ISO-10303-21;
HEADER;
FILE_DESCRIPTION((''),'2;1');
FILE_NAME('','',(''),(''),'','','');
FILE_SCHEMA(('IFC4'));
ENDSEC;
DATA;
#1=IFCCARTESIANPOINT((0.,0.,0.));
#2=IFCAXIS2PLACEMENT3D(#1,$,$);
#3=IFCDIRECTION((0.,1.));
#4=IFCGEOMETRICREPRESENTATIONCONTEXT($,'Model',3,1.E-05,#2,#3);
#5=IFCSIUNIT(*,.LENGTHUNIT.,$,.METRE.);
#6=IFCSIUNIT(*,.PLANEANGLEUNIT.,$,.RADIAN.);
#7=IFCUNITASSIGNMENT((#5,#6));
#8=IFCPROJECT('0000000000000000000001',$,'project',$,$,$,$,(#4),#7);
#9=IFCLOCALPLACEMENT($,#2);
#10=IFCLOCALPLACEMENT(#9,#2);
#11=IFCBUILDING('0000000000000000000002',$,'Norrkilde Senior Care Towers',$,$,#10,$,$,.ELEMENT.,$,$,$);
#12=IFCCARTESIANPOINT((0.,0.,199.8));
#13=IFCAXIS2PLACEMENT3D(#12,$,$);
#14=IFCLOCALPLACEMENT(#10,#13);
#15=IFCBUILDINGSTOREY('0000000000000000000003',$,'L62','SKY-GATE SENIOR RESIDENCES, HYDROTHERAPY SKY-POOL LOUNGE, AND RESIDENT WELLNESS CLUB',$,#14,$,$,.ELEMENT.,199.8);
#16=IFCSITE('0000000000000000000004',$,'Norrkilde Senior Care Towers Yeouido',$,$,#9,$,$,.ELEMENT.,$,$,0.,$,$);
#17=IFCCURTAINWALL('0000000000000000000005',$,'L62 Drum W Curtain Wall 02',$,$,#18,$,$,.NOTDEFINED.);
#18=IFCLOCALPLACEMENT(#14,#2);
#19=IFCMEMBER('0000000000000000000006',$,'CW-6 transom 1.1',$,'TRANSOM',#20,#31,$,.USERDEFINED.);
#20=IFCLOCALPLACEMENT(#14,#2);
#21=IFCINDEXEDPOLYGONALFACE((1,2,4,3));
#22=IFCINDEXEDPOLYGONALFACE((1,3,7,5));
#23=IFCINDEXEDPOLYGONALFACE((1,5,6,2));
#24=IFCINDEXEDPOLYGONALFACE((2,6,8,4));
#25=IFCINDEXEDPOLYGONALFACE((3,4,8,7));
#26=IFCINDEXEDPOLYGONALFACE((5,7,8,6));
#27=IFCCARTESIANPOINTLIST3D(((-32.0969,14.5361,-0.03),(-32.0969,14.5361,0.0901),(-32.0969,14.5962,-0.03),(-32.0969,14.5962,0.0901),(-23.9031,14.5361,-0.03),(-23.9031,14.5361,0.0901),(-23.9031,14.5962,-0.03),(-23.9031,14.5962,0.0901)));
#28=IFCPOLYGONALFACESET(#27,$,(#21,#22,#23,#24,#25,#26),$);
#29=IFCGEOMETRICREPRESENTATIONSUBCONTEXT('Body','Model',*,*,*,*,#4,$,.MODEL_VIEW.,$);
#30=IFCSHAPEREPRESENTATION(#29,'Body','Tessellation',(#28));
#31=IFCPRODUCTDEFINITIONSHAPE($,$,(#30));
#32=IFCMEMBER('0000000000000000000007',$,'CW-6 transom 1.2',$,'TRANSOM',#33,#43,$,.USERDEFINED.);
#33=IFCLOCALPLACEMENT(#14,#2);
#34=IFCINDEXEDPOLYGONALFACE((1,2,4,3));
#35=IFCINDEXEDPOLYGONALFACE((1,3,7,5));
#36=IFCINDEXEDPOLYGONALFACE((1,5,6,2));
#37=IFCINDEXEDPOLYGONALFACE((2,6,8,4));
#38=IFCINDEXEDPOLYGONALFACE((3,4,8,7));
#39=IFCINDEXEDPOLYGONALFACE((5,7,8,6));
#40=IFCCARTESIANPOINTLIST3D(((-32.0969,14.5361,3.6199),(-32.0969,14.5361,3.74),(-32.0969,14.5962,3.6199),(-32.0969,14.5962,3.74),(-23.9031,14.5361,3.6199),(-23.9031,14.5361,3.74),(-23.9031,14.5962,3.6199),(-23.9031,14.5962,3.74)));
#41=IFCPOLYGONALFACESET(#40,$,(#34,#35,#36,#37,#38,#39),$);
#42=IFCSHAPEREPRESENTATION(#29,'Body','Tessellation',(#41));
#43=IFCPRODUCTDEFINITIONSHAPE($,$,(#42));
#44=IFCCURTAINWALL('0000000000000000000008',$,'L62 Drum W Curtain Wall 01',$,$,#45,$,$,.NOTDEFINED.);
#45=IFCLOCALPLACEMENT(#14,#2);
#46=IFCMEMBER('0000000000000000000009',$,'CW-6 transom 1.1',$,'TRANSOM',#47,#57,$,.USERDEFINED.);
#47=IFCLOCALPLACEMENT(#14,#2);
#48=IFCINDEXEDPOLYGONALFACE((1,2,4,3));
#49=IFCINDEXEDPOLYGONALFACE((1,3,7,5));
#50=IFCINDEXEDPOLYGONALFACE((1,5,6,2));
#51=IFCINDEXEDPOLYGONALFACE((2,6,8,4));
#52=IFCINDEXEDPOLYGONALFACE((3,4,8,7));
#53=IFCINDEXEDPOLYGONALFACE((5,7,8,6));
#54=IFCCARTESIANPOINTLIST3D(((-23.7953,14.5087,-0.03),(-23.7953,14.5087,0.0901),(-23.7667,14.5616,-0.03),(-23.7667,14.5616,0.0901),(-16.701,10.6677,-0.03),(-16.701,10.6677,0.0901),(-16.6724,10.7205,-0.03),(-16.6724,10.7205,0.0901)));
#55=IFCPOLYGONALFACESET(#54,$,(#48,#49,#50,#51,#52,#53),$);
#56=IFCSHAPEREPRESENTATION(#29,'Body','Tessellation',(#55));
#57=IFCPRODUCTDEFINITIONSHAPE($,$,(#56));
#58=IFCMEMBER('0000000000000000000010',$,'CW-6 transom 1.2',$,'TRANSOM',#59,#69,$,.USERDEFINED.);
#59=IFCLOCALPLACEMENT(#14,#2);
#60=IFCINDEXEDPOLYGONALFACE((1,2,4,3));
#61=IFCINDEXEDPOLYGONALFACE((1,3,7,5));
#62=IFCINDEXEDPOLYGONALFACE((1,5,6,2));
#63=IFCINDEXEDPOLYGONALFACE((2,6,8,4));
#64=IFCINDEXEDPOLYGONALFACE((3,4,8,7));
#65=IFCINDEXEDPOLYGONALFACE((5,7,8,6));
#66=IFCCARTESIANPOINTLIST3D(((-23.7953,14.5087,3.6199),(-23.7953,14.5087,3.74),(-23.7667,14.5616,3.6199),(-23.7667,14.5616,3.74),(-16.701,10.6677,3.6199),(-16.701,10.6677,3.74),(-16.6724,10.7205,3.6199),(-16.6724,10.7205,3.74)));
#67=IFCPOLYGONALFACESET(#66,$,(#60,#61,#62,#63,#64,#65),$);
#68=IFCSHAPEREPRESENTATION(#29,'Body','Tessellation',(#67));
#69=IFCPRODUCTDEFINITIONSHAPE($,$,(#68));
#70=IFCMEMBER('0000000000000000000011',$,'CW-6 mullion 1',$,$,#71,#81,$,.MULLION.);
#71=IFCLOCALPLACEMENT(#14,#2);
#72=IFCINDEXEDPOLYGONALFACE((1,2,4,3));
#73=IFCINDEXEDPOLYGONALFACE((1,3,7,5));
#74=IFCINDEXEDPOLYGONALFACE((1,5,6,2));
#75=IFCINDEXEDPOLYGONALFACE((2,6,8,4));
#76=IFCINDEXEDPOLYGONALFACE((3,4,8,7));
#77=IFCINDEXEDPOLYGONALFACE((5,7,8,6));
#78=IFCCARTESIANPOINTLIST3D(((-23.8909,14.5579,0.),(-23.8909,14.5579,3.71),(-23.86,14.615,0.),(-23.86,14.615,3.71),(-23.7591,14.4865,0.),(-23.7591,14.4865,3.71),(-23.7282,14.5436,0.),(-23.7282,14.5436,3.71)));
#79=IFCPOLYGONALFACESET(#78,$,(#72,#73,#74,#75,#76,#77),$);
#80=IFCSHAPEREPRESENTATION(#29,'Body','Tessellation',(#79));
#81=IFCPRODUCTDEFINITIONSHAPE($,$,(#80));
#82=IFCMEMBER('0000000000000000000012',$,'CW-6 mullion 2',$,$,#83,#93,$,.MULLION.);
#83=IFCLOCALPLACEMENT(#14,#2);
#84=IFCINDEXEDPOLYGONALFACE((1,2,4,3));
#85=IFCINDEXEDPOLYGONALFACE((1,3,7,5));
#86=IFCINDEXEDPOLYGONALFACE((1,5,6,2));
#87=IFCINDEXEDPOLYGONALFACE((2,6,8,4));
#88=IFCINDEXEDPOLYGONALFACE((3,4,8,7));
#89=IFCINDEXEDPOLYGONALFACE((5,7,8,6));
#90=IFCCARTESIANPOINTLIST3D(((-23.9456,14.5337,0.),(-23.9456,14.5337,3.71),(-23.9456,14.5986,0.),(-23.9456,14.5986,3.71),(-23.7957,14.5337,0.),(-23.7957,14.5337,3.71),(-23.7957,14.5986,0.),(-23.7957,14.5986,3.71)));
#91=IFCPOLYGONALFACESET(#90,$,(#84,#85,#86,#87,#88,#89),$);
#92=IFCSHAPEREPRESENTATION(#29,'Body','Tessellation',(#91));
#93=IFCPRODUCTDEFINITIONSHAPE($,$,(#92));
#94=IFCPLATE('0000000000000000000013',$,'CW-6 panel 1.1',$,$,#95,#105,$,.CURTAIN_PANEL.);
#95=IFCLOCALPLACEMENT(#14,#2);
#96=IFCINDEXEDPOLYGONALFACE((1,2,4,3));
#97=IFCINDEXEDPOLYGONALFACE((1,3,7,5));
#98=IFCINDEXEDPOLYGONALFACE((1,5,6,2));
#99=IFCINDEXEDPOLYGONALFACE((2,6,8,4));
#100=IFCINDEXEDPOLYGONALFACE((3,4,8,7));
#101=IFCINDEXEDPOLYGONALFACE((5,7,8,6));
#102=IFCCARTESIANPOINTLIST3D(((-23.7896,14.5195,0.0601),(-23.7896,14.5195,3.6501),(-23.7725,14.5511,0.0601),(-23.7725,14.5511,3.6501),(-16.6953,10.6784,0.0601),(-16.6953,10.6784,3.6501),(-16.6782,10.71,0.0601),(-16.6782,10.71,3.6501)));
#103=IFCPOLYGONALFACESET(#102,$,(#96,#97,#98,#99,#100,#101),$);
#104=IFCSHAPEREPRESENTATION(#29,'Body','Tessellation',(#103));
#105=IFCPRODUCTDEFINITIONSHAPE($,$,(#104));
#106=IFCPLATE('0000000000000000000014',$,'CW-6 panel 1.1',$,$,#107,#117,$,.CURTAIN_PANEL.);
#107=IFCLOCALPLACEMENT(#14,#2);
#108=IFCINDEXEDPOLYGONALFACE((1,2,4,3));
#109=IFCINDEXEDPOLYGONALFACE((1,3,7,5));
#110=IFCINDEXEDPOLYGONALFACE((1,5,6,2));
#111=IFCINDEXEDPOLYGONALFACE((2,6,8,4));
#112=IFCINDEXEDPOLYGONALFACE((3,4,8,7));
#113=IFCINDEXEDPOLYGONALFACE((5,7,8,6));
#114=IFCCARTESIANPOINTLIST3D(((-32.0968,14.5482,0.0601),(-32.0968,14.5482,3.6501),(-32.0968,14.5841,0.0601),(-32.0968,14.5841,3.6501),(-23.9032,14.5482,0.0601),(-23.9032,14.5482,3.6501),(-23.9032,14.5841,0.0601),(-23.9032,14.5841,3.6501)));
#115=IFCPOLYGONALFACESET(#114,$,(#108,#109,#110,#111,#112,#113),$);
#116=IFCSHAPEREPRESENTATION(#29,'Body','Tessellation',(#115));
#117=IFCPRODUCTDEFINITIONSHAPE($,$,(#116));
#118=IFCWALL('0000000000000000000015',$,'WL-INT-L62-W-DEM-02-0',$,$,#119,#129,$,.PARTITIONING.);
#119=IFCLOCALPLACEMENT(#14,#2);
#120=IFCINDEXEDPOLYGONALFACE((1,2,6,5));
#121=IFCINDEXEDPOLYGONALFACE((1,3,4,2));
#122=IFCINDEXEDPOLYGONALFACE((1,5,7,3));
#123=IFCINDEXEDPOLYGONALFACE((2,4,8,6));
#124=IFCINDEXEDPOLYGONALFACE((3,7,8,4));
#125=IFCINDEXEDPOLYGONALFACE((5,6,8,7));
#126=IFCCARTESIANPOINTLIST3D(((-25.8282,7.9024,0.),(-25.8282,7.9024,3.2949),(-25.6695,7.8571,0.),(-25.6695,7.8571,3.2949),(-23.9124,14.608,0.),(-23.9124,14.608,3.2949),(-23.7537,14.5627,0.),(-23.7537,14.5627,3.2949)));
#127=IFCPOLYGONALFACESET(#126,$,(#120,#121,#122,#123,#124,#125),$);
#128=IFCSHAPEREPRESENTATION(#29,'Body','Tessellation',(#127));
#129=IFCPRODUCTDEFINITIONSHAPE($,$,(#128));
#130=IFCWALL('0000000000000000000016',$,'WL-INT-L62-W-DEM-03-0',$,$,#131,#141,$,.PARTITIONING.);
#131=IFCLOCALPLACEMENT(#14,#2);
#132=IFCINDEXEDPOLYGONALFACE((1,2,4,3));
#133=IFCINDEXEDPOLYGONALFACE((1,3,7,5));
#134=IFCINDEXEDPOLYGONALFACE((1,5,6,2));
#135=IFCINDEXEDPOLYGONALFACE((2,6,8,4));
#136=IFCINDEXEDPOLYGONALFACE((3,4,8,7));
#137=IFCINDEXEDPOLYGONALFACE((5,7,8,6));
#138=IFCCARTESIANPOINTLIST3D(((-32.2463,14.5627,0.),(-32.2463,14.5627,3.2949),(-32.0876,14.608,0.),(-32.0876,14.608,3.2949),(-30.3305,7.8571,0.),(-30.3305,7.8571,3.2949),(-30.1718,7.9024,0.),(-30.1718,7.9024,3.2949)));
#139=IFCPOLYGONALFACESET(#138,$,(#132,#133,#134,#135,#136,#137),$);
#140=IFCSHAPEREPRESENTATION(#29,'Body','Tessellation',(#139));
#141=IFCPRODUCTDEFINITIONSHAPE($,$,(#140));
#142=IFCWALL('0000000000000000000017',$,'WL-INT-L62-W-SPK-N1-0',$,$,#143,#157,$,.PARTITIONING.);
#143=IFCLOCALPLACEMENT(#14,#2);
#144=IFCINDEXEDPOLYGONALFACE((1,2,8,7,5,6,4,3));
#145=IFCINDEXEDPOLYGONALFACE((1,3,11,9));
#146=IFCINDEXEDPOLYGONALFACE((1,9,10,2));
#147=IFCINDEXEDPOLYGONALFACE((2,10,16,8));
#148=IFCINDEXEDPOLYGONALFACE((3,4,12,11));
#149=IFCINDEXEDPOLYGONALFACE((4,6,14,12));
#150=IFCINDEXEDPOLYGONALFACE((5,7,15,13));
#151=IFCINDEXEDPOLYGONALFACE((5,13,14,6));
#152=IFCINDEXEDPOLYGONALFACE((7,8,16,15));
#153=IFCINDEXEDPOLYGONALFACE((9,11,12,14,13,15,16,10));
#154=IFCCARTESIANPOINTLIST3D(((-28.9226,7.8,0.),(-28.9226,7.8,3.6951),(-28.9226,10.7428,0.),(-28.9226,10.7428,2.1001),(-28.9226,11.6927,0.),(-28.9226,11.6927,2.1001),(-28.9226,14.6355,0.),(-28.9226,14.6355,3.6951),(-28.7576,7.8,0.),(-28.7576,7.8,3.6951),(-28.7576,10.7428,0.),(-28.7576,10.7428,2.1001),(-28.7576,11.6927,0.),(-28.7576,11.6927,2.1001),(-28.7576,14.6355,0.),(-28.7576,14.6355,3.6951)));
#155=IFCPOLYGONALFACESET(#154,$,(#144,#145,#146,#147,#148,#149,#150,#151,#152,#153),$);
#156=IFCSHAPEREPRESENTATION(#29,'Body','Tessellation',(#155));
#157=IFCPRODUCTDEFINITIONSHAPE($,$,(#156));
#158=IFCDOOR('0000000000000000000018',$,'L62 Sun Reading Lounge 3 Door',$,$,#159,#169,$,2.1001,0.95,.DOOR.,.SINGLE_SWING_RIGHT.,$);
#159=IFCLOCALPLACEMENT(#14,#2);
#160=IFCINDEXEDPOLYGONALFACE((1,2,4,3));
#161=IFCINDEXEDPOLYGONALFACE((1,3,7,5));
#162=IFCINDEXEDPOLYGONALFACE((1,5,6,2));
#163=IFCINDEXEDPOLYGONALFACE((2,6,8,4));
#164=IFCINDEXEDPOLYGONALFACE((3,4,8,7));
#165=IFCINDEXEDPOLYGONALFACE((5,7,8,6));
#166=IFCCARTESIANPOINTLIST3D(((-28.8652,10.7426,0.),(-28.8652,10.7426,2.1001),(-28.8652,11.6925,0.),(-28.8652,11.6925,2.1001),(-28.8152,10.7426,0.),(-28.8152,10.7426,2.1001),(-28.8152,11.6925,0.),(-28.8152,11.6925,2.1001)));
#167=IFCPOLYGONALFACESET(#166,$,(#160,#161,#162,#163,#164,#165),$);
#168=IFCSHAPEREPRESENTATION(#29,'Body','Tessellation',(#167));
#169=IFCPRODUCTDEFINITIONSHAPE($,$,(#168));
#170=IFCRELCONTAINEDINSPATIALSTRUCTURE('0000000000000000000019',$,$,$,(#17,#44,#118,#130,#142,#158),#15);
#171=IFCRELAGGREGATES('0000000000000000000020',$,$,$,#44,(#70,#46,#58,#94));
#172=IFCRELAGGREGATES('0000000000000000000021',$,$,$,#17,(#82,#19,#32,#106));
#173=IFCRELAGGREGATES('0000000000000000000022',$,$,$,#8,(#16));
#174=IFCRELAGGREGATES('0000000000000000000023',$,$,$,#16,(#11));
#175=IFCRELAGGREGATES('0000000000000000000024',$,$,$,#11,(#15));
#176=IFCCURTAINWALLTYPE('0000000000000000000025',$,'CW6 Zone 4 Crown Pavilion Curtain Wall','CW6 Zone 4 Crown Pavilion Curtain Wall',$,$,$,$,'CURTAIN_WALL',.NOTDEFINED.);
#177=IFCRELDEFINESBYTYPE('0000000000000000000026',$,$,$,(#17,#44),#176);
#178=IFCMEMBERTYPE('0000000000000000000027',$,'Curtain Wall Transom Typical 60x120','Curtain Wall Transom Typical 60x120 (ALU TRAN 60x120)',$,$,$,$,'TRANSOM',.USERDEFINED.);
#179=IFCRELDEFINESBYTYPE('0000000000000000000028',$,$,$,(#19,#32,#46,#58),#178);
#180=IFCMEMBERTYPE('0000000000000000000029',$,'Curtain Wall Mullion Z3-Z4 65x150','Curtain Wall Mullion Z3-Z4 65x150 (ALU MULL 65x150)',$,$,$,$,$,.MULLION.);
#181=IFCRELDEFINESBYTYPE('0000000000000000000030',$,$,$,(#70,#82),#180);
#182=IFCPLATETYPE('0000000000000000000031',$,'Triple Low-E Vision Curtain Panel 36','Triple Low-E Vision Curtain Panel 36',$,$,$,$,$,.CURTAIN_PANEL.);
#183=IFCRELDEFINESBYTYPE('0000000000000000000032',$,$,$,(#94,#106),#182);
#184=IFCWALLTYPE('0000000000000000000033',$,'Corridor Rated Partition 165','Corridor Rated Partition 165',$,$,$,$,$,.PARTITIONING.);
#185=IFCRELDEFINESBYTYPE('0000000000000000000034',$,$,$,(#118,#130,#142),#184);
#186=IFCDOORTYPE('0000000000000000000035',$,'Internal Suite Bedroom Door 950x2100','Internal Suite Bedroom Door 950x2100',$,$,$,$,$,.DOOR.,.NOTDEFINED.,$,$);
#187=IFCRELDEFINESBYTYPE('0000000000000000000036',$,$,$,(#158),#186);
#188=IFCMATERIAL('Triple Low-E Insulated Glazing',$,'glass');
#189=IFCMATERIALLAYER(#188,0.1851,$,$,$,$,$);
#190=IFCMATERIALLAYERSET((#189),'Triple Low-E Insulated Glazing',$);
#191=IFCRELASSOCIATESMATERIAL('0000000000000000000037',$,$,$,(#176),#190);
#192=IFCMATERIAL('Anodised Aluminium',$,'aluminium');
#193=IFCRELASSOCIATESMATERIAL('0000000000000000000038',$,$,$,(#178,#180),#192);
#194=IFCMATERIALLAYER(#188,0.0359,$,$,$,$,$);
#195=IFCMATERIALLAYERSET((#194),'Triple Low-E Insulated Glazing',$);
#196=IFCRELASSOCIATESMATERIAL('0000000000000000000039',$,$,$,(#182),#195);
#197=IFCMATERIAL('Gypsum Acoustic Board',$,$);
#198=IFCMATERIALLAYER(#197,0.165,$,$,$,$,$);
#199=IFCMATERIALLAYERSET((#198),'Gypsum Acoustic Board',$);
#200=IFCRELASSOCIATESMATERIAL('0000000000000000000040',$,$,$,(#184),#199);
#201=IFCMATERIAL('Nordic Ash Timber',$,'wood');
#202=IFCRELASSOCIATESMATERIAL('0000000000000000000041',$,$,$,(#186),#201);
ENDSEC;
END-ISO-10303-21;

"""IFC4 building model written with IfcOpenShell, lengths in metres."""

from ifc_helpers import new_model, si_unit, direction, frame, frame_2d, origin, origin_2d, place, context, subcontext, project, spatial, rectangle, extrude, source, transform, mapped, material, layer, layer_set, material_profile, profile_set, type_object, type_shapes, element, fill, aggregate, save


model = new_model("IFC4")

# Units and contexts
model_context = context("Model", 3, precision=1e-05, world=origin(), true_north=direction((0.0, 1.0)))
body_context = subcontext(model_context, "Body", "Model", "MODEL_VIEW")
ifc_project = project(units=[si_unit("LENGTHUNIT", "METRE"), si_unit("PLANEANGLEUNIT", "RADIAN")], contexts=[model_context])

# Site, building, storey
site_placement = place(None, origin())
site = spatial("IfcSite", under=ifc_project, at=site_placement, Name="Norrkilde Senior Care Towers Yeouido", CompositionType="ELEMENT", RefElevation=0.0)
building_placement = place(site_placement, origin())
building = spatial("IfcBuilding", under=site, at=building_placement, Name="Norrkilde Senior Care Towers", CompositionType="ELEMENT")
storey_placement = place(building_placement, frame((0.0, 0.0, 199.8)))
storey = spatial("IfcBuildingStorey", under=building, at=storey_placement, Name="L62", Description="SKY-GATE SENIOR RESIDENCES, HYDROTHERAPY SKY-POOL LOUNGE, AND RESIDENT WELLNESS CLUB", CompositionType="ELEMENT", Elevation=199.8)

# Curtain walls, members
ifc_material_1 = material(Name="Triple Low-E Insulated Glazing", Category="glass")
ifc_layer_1 = layer(ifc_material_1, 0.1851)
ifc_layer_set_1 = layer_set([ifc_layer_1], Name="Triple Low-E Insulated Glazing")
curtain_wall_type = type_object("IfcCurtainWallType", Name="CW6 Zone 4 Crown Pavilion Curtain Wall", Description="CW6 Zone 4 Crown Pavilion Curtain Wall", ElementType="CURTAIN_WALL", PredefinedType="NOTDEFINED", material=ifc_layer_set_1)
curtain_wall_1_placement = place(storey_placement, origin())
curtain_wall_1 = element("IfcCurtainWall", 1, at=curtain_wall_1_placement, inside=storey, type_object=curtain_wall_type, Name="L62 Drum W Curtain Wall 02", PredefinedType="NOTDEFINED")
ifc_material_2 = material(Name="Anodised Aluminium", Category="aluminium")
ifc_material_profile_1 = material_profile(ifc_material_2, rectangle(XDim=0.0601, YDim=0.1201, at=origin_2d()), Name="ALU TRAN 60x120")
ifc_profile_set_1 = profile_set([ifc_material_profile_1], Name="Anodised Aluminium")
member_type_1 = type_object("IfcMemberType", Name="Curtain Wall Transom Typical 60x120", Description="Curtain Wall Transom Typical 60x120 (ALU TRAN 60x120)", ElementType="TRANSOM", PredefinedType="USERDEFINED", material=ifc_profile_set_1)
shared_shape_1 = source(origin(), body_context, "Body", "SweptSolid", [
    extrude(rectangle(XDim=0.0601, YDim=0.1201, at=origin_2d()), origin(), (0.0, 0.0, 1.0), 8.1938),
])
member_1_placement = place(storey_placement, frame((-32.0969, 14.5662, 0.03), z_axis=(1.0, 0.0, 0.0), x_axis=(0.0, 1.0, 0.0)))
member_1 = element("IfcMember", 2, at=member_1_placement, type_object=member_type_1, Name="CW-6 transom 1.1", ObjectType="TRANSOM", PredefinedType="USERDEFINED", context=body_context, shape_type="MappedRepresentation", body=[
    mapped(shared_shape_1, transform((0.0, 0.0, 0.0), x_axis=(1.0, 0.0, 0.0), y_axis=(0.0, 1.0, 0.0), z_axis=(0.0, 0.0, 1.0), scale=1.0)),
])
member_2_placement = place(storey_placement, frame((-32.0969, 14.5662, 3.6799), z_axis=(1.0, 0.0, 0.0), x_axis=(0.0, 1.0, 0.0)))
member_2 = element("IfcMember", 3, at=member_2_placement, type_object=member_type_1, Name="CW-6 transom 1.2", ObjectType="TRANSOM", PredefinedType="USERDEFINED", context=body_context, shape_type="MappedRepresentation", body=[
    mapped(shared_shape_1, transform((0.0, 0.0, 0.0), x_axis=(1.0, 0.0, 0.0), y_axis=(0.0, 1.0, 0.0), z_axis=(0.0, 0.0, 1.0), scale=1.0)),
])
curtain_wall_2_placement = place(storey_placement, origin())
curtain_wall_2 = element("IfcCurtainWall", 4, at=curtain_wall_2_placement, inside=storey, type_object=curtain_wall_type, Name="L62 Drum W Curtain Wall 01", PredefinedType="NOTDEFINED")
shared_shape_2 = source(origin(), body_context, "Body", "SweptSolid", [
    extrude(rectangle(XDim=0.0601, YDim=0.1201, at=origin_2d()), origin(), (0.0, 0.0, 1.0), 8.0674),
])
type_shapes(member_type_1, [shared_shape_1, shared_shape_2])
member_3_placement = place(storey_placement, frame((-23.781, 14.5352, 0.03), z_axis=(0.879378, -0.476125, 0.0), x_axis=(0.476125, 0.879378, 0.0)))
member_3 = element("IfcMember", 5, at=member_3_placement, type_object=member_type_1, Name="CW-6 transom 1.1", ObjectType="TRANSOM", PredefinedType="USERDEFINED", context=body_context, shape_type="MappedRepresentation", body=[
    mapped(shared_shape_2, transform((0.0, 0.0, 0.0), x_axis=(1.0, 0.0, 0.0), y_axis=(0.0, 1.0, 0.0), z_axis=(0.0, 0.0, 1.0), scale=1.0)),
])
member_4_placement = place(storey_placement, frame((-23.781, 14.5352, 3.6799), z_axis=(0.879378, -0.476125, 0.0), x_axis=(0.476125, 0.879378, 0.0)))
member_4 = element("IfcMember", 6, at=member_4_placement, type_object=member_type_1, Name="CW-6 transom 1.2", ObjectType="TRANSOM", PredefinedType="USERDEFINED", context=body_context, shape_type="MappedRepresentation", body=[
    mapped(shared_shape_2, transform((0.0, 0.0, 0.0), x_axis=(1.0, 0.0, 0.0), y_axis=(0.0, 1.0, 0.0), z_axis=(0.0, 0.0, 1.0), scale=1.0)),
])
ifc_material_profile_2 = material_profile(ifc_material_2, rectangle(XDim=0.0649, YDim=0.1499, at=origin_2d()), Name="ALU MULL 65x150")
ifc_profile_set_2 = profile_set([ifc_material_profile_2], Name="Anodised Aluminium")
member_type_2 = type_object("IfcMemberType", Name="Curtain Wall Mullion Z3-Z4 65x150", Description="Curtain Wall Mullion Z3-Z4 65x150 (ALU MULL 65x150)", PredefinedType="MULLION", material=ifc_profile_set_2)
shared_shape_3 = source(origin(), body_context, "Body", "SweptSolid", [
    extrude(rectangle(XDim=0.0649, YDim=0.1499, at=origin_2d()), origin(), (0.0, 0.0, 1.0), 3.71),
])
type_shapes(member_type_2, [shared_shape_3])
member_5_placement = place(storey_placement, frame((-23.8096, 14.5508, 0.0), z_axis=(0.0, 0.0, 1.0), x_axis=(0.476133, 0.879373, 0.0)))
member_5 = element("IfcMember", 7, at=member_5_placement, type_object=member_type_2, Name="CW-6 mullion 1", PredefinedType="MULLION", context=body_context, shape_type="MappedRepresentation", body=[
    mapped(shared_shape_3, transform((0.0, 0.0, 0.0), x_axis=(1.0, 0.0, 0.0), y_axis=(0.0, 1.0, 0.0), z_axis=(0.0, 0.0, 1.0), scale=1.0)),
])

# Member
member_6_placement = place(storey_placement, frame((-23.8706, 14.5662, 0.0), z_axis=(0.0, 0.0, 1.0), x_axis=(0.0, 1.0, 0.0)))
member_6 = element("IfcMember", 8, at=member_6_placement, type_object=member_type_2, Name="CW-6 mullion 2", PredefinedType="MULLION", context=body_context, shape_type="MappedRepresentation", body=[
    mapped(shared_shape_3, transform((0.0, 0.0, 0.0), x_axis=(1.0, 0.0, 0.0), y_axis=(0.0, 1.0, 0.0), z_axis=(0.0, 0.0, 1.0), scale=1.0)),
])

# Plates
ifc_layer_2 = layer(ifc_material_1, 0.0359)
ifc_layer_set_2 = layer_set([ifc_layer_2], Name="Triple Low-E Insulated Glazing")
plate_type = type_object("IfcPlateType", Name="Triple Low-E Vision Curtain Panel 36", Description="Triple Low-E Vision Curtain Panel 36", PredefinedType="CURTAIN_PANEL", material=ifc_layer_set_2)
shared_shape_4 = source(origin(), body_context, "Body", "SweptSolid", [
    extrude(rectangle(XDim=8.0674, YDim=0.0359, at=origin_2d()), origin(), (0.0, 0.0, 1.0), 3.5901),
])
plate_1_placement = place(storey_placement, frame((-20.2339, 12.6147, 0.0601), z_axis=(0.0, 0.0, 1.0), x_axis=(0.879373, -0.476133, 0.0)))
plate_1 = element("IfcPlate", 9, at=plate_1_placement, type_object=plate_type, Name="CW-6 panel 1.1", PredefinedType="CURTAIN_PANEL", context=body_context, shape_type="MappedRepresentation", body=[
    mapped(shared_shape_4, transform((0.0, 0.0, 0.0), x_axis=(1.0, 0.0, 0.0), y_axis=(0.0, 1.0, 0.0), z_axis=(0.0, 0.0, 1.0), scale=1.0)),
])
aggregate(curtain_wall_2, [member_5, member_3, member_4, plate_1])
shared_shape_5 = source(origin(), body_context, "Body", "SweptSolid", [
    extrude(rectangle(XDim=8.1936, YDim=0.0359, at=origin_2d()), origin(), (0.0, 0.0, 1.0), 3.5901),
])
type_shapes(plate_type, [shared_shape_4, shared_shape_5])
plate_2_placement = place(storey_placement, frame((-28.0, 14.5662, 0.0601), z_axis=(0.0, 0.0, 1.0), x_axis=(1.0, 0.0, 0.0)))
plate_2 = element("IfcPlate", 10, at=plate_2_placement, type_object=plate_type, Name="CW-6 panel 1.1", PredefinedType="CURTAIN_PANEL", context=body_context, shape_type="MappedRepresentation", body=[
    mapped(shared_shape_5, transform((0.0, 0.0, 0.0), x_axis=(1.0, 0.0, 0.0), y_axis=(0.0, 1.0, 0.0), z_axis=(0.0, 0.0, 1.0), scale=1.0)),
])
aggregate(curtain_wall_1, [member_6, member_1, member_2, plate_2])

# Shared definitions
ifc_material_3 = material(Name="Gypsum Acoustic Board")
ifc_layer_3 = layer(ifc_material_3, 0.165)
ifc_layer_set_3 = layer_set([ifc_layer_3], Name="Gypsum Acoustic Board")
wall_type_1 = type_object("IfcWallType", Name="Corridor Rated Partition 165", Description="Corridor Rated Partition 165", PredefinedType="PARTITIONING", material=ifc_layer_set_3)
ifc_material_4 = material(Name="Nordic Ash Timber", Category="wood")

# Walls
shared_shape_6 = source(origin(), body_context, "Body", "SweptSolid", [
    extrude(rectangle(XDim=6.9739, YDim=0.165, at=frame_2d((3.4868, 0.0))), origin(), (0.0, 0.0, 1.0), 3.2949),
])
for number, where, z_axis, x_axis, name in (
    (11, (-25.7488, 7.8799, 0.0), (0.0, 0.0, 1.0), (0.274707, 0.961528, 0.0), "WL-INT-L62-W-DEM-02-0"),
    (12, (-30.2512, 7.8799, 0.0), (0.0, 0.0, 1.0), (-0.274707, 0.961528, 0.0), "WL-INT-L62-W-DEM-03-0"),
):
    element("IfcWall", number, at=place(storey_placement, frame(where, z_axis=z_axis, x_axis=x_axis)), inside=storey, type_object=wall_type_1, Name=name, PredefinedType="PARTITIONING", context=body_context, shape_type="MappedRepresentation", body=[
        mapped(shared_shape_6, transform((0.0, 0.0, 0.0), x_axis=(1.0, 0.0, 0.0), y_axis=(0.0, 1.0, 0.0), z_axis=(0.0, 0.0, 1.0), scale=1.0)),
    ])

# Wall, opening, door
shared_shape_7 = source(origin(), body_context, "Body", "SweptSolid", [
    extrude(rectangle(XDim=6.8354, YDim=0.165, at=frame_2d((3.4177, 0.0))), origin(), (0.0, 0.0, 1.0), 3.6951),
])
wall_1_placement = place(storey_placement, frame((-28.8401, 7.8, 0.0), z_axis=(0.0, 0.0, 1.0), x_axis=(0.0, 1.0, 0.0)))
wall_1 = element("IfcWall", 13, at=wall_1_placement, inside=storey, type_object=wall_type_1, Name="WL-INT-L62-W-SPK-N1-0", PredefinedType="PARTITIONING", context=body_context, shape_type="MappedRepresentation", body=[
    mapped(shared_shape_7, transform((0.0, 0.0, 0.0), x_axis=(1.0, 0.0, 0.0), y_axis=(0.0, 1.0, 0.0), z_axis=(0.0, 0.0, 1.0), scale=1.0)),
])
opening_1_placement = place(wall_1_placement, frame((2.9426, 0.0, 0.0)))
opening_1 = element("IfcOpeningElement", 14, at=opening_1_placement, cuts=wall_1, PredefinedType="OPENING", context=body_context, shape_type="SweptSolid", body=[
    extrude(rectangle(XDim=0.95, YDim=2.1001, at=frame_2d((0.4751, 1.05))), frame((0.0, 0.0925, 0.0), z_axis=(0.0, -1.0, 0.0), x_axis=(1.0, 0.0, 0.0)), (0.0, 0.0, 1.0), 0.1851),
])
door_type_1 = type_object("IfcDoorType", Name="Internal Suite Bedroom Door 950x2100", Description="Internal Suite Bedroom Door 950x2100", OperationType="NOTDEFINED", PredefinedType="DOOR", material=ifc_material_4)
shared_shape_8 = source(origin(), body_context, "Body", "SweptSolid", [
    extrude(rectangle(XDim=0.95, YDim=2.1001, at=frame_2d((0.4751, 1.05))), frame((0.0, 0.0249, 0.0), z_axis=(0.0, -1.0, 0.0), x_axis=(1.0, 0.0, 0.0)), (0.0, 0.0, 1.0), 0.05),
])
type_shapes(door_type_1, [shared_shape_8])
door_1_placement = place(opening_1_placement, frame((0.95, 0.0, 0.0), z_axis=(0.0, 0.0, 1.0), x_axis=(-1.0, 0.0, 0.0)))
door_1 = element("IfcDoor", 15, at=door_1_placement, inside=storey, type_object=door_type_1, Name="L62 Sun Reading Lounge 3 Door", OperationType="SINGLE_SWING_RIGHT", OverallHeight=2.1001, OverallWidth=0.95, PredefinedType="DOOR", context=body_context, shape_type="MappedRepresentation", body=[
    mapped(shared_shape_8, transform((0.0, 0.0, 0.0), x_axis=(1.0, 0.0, 0.0), y_axis=(0.0, 1.0, 0.0), z_axis=(0.0, 0.0, 1.0), scale=1.0)),
])
fill(opening_1, door_1)

save(model, "model.ifc")
